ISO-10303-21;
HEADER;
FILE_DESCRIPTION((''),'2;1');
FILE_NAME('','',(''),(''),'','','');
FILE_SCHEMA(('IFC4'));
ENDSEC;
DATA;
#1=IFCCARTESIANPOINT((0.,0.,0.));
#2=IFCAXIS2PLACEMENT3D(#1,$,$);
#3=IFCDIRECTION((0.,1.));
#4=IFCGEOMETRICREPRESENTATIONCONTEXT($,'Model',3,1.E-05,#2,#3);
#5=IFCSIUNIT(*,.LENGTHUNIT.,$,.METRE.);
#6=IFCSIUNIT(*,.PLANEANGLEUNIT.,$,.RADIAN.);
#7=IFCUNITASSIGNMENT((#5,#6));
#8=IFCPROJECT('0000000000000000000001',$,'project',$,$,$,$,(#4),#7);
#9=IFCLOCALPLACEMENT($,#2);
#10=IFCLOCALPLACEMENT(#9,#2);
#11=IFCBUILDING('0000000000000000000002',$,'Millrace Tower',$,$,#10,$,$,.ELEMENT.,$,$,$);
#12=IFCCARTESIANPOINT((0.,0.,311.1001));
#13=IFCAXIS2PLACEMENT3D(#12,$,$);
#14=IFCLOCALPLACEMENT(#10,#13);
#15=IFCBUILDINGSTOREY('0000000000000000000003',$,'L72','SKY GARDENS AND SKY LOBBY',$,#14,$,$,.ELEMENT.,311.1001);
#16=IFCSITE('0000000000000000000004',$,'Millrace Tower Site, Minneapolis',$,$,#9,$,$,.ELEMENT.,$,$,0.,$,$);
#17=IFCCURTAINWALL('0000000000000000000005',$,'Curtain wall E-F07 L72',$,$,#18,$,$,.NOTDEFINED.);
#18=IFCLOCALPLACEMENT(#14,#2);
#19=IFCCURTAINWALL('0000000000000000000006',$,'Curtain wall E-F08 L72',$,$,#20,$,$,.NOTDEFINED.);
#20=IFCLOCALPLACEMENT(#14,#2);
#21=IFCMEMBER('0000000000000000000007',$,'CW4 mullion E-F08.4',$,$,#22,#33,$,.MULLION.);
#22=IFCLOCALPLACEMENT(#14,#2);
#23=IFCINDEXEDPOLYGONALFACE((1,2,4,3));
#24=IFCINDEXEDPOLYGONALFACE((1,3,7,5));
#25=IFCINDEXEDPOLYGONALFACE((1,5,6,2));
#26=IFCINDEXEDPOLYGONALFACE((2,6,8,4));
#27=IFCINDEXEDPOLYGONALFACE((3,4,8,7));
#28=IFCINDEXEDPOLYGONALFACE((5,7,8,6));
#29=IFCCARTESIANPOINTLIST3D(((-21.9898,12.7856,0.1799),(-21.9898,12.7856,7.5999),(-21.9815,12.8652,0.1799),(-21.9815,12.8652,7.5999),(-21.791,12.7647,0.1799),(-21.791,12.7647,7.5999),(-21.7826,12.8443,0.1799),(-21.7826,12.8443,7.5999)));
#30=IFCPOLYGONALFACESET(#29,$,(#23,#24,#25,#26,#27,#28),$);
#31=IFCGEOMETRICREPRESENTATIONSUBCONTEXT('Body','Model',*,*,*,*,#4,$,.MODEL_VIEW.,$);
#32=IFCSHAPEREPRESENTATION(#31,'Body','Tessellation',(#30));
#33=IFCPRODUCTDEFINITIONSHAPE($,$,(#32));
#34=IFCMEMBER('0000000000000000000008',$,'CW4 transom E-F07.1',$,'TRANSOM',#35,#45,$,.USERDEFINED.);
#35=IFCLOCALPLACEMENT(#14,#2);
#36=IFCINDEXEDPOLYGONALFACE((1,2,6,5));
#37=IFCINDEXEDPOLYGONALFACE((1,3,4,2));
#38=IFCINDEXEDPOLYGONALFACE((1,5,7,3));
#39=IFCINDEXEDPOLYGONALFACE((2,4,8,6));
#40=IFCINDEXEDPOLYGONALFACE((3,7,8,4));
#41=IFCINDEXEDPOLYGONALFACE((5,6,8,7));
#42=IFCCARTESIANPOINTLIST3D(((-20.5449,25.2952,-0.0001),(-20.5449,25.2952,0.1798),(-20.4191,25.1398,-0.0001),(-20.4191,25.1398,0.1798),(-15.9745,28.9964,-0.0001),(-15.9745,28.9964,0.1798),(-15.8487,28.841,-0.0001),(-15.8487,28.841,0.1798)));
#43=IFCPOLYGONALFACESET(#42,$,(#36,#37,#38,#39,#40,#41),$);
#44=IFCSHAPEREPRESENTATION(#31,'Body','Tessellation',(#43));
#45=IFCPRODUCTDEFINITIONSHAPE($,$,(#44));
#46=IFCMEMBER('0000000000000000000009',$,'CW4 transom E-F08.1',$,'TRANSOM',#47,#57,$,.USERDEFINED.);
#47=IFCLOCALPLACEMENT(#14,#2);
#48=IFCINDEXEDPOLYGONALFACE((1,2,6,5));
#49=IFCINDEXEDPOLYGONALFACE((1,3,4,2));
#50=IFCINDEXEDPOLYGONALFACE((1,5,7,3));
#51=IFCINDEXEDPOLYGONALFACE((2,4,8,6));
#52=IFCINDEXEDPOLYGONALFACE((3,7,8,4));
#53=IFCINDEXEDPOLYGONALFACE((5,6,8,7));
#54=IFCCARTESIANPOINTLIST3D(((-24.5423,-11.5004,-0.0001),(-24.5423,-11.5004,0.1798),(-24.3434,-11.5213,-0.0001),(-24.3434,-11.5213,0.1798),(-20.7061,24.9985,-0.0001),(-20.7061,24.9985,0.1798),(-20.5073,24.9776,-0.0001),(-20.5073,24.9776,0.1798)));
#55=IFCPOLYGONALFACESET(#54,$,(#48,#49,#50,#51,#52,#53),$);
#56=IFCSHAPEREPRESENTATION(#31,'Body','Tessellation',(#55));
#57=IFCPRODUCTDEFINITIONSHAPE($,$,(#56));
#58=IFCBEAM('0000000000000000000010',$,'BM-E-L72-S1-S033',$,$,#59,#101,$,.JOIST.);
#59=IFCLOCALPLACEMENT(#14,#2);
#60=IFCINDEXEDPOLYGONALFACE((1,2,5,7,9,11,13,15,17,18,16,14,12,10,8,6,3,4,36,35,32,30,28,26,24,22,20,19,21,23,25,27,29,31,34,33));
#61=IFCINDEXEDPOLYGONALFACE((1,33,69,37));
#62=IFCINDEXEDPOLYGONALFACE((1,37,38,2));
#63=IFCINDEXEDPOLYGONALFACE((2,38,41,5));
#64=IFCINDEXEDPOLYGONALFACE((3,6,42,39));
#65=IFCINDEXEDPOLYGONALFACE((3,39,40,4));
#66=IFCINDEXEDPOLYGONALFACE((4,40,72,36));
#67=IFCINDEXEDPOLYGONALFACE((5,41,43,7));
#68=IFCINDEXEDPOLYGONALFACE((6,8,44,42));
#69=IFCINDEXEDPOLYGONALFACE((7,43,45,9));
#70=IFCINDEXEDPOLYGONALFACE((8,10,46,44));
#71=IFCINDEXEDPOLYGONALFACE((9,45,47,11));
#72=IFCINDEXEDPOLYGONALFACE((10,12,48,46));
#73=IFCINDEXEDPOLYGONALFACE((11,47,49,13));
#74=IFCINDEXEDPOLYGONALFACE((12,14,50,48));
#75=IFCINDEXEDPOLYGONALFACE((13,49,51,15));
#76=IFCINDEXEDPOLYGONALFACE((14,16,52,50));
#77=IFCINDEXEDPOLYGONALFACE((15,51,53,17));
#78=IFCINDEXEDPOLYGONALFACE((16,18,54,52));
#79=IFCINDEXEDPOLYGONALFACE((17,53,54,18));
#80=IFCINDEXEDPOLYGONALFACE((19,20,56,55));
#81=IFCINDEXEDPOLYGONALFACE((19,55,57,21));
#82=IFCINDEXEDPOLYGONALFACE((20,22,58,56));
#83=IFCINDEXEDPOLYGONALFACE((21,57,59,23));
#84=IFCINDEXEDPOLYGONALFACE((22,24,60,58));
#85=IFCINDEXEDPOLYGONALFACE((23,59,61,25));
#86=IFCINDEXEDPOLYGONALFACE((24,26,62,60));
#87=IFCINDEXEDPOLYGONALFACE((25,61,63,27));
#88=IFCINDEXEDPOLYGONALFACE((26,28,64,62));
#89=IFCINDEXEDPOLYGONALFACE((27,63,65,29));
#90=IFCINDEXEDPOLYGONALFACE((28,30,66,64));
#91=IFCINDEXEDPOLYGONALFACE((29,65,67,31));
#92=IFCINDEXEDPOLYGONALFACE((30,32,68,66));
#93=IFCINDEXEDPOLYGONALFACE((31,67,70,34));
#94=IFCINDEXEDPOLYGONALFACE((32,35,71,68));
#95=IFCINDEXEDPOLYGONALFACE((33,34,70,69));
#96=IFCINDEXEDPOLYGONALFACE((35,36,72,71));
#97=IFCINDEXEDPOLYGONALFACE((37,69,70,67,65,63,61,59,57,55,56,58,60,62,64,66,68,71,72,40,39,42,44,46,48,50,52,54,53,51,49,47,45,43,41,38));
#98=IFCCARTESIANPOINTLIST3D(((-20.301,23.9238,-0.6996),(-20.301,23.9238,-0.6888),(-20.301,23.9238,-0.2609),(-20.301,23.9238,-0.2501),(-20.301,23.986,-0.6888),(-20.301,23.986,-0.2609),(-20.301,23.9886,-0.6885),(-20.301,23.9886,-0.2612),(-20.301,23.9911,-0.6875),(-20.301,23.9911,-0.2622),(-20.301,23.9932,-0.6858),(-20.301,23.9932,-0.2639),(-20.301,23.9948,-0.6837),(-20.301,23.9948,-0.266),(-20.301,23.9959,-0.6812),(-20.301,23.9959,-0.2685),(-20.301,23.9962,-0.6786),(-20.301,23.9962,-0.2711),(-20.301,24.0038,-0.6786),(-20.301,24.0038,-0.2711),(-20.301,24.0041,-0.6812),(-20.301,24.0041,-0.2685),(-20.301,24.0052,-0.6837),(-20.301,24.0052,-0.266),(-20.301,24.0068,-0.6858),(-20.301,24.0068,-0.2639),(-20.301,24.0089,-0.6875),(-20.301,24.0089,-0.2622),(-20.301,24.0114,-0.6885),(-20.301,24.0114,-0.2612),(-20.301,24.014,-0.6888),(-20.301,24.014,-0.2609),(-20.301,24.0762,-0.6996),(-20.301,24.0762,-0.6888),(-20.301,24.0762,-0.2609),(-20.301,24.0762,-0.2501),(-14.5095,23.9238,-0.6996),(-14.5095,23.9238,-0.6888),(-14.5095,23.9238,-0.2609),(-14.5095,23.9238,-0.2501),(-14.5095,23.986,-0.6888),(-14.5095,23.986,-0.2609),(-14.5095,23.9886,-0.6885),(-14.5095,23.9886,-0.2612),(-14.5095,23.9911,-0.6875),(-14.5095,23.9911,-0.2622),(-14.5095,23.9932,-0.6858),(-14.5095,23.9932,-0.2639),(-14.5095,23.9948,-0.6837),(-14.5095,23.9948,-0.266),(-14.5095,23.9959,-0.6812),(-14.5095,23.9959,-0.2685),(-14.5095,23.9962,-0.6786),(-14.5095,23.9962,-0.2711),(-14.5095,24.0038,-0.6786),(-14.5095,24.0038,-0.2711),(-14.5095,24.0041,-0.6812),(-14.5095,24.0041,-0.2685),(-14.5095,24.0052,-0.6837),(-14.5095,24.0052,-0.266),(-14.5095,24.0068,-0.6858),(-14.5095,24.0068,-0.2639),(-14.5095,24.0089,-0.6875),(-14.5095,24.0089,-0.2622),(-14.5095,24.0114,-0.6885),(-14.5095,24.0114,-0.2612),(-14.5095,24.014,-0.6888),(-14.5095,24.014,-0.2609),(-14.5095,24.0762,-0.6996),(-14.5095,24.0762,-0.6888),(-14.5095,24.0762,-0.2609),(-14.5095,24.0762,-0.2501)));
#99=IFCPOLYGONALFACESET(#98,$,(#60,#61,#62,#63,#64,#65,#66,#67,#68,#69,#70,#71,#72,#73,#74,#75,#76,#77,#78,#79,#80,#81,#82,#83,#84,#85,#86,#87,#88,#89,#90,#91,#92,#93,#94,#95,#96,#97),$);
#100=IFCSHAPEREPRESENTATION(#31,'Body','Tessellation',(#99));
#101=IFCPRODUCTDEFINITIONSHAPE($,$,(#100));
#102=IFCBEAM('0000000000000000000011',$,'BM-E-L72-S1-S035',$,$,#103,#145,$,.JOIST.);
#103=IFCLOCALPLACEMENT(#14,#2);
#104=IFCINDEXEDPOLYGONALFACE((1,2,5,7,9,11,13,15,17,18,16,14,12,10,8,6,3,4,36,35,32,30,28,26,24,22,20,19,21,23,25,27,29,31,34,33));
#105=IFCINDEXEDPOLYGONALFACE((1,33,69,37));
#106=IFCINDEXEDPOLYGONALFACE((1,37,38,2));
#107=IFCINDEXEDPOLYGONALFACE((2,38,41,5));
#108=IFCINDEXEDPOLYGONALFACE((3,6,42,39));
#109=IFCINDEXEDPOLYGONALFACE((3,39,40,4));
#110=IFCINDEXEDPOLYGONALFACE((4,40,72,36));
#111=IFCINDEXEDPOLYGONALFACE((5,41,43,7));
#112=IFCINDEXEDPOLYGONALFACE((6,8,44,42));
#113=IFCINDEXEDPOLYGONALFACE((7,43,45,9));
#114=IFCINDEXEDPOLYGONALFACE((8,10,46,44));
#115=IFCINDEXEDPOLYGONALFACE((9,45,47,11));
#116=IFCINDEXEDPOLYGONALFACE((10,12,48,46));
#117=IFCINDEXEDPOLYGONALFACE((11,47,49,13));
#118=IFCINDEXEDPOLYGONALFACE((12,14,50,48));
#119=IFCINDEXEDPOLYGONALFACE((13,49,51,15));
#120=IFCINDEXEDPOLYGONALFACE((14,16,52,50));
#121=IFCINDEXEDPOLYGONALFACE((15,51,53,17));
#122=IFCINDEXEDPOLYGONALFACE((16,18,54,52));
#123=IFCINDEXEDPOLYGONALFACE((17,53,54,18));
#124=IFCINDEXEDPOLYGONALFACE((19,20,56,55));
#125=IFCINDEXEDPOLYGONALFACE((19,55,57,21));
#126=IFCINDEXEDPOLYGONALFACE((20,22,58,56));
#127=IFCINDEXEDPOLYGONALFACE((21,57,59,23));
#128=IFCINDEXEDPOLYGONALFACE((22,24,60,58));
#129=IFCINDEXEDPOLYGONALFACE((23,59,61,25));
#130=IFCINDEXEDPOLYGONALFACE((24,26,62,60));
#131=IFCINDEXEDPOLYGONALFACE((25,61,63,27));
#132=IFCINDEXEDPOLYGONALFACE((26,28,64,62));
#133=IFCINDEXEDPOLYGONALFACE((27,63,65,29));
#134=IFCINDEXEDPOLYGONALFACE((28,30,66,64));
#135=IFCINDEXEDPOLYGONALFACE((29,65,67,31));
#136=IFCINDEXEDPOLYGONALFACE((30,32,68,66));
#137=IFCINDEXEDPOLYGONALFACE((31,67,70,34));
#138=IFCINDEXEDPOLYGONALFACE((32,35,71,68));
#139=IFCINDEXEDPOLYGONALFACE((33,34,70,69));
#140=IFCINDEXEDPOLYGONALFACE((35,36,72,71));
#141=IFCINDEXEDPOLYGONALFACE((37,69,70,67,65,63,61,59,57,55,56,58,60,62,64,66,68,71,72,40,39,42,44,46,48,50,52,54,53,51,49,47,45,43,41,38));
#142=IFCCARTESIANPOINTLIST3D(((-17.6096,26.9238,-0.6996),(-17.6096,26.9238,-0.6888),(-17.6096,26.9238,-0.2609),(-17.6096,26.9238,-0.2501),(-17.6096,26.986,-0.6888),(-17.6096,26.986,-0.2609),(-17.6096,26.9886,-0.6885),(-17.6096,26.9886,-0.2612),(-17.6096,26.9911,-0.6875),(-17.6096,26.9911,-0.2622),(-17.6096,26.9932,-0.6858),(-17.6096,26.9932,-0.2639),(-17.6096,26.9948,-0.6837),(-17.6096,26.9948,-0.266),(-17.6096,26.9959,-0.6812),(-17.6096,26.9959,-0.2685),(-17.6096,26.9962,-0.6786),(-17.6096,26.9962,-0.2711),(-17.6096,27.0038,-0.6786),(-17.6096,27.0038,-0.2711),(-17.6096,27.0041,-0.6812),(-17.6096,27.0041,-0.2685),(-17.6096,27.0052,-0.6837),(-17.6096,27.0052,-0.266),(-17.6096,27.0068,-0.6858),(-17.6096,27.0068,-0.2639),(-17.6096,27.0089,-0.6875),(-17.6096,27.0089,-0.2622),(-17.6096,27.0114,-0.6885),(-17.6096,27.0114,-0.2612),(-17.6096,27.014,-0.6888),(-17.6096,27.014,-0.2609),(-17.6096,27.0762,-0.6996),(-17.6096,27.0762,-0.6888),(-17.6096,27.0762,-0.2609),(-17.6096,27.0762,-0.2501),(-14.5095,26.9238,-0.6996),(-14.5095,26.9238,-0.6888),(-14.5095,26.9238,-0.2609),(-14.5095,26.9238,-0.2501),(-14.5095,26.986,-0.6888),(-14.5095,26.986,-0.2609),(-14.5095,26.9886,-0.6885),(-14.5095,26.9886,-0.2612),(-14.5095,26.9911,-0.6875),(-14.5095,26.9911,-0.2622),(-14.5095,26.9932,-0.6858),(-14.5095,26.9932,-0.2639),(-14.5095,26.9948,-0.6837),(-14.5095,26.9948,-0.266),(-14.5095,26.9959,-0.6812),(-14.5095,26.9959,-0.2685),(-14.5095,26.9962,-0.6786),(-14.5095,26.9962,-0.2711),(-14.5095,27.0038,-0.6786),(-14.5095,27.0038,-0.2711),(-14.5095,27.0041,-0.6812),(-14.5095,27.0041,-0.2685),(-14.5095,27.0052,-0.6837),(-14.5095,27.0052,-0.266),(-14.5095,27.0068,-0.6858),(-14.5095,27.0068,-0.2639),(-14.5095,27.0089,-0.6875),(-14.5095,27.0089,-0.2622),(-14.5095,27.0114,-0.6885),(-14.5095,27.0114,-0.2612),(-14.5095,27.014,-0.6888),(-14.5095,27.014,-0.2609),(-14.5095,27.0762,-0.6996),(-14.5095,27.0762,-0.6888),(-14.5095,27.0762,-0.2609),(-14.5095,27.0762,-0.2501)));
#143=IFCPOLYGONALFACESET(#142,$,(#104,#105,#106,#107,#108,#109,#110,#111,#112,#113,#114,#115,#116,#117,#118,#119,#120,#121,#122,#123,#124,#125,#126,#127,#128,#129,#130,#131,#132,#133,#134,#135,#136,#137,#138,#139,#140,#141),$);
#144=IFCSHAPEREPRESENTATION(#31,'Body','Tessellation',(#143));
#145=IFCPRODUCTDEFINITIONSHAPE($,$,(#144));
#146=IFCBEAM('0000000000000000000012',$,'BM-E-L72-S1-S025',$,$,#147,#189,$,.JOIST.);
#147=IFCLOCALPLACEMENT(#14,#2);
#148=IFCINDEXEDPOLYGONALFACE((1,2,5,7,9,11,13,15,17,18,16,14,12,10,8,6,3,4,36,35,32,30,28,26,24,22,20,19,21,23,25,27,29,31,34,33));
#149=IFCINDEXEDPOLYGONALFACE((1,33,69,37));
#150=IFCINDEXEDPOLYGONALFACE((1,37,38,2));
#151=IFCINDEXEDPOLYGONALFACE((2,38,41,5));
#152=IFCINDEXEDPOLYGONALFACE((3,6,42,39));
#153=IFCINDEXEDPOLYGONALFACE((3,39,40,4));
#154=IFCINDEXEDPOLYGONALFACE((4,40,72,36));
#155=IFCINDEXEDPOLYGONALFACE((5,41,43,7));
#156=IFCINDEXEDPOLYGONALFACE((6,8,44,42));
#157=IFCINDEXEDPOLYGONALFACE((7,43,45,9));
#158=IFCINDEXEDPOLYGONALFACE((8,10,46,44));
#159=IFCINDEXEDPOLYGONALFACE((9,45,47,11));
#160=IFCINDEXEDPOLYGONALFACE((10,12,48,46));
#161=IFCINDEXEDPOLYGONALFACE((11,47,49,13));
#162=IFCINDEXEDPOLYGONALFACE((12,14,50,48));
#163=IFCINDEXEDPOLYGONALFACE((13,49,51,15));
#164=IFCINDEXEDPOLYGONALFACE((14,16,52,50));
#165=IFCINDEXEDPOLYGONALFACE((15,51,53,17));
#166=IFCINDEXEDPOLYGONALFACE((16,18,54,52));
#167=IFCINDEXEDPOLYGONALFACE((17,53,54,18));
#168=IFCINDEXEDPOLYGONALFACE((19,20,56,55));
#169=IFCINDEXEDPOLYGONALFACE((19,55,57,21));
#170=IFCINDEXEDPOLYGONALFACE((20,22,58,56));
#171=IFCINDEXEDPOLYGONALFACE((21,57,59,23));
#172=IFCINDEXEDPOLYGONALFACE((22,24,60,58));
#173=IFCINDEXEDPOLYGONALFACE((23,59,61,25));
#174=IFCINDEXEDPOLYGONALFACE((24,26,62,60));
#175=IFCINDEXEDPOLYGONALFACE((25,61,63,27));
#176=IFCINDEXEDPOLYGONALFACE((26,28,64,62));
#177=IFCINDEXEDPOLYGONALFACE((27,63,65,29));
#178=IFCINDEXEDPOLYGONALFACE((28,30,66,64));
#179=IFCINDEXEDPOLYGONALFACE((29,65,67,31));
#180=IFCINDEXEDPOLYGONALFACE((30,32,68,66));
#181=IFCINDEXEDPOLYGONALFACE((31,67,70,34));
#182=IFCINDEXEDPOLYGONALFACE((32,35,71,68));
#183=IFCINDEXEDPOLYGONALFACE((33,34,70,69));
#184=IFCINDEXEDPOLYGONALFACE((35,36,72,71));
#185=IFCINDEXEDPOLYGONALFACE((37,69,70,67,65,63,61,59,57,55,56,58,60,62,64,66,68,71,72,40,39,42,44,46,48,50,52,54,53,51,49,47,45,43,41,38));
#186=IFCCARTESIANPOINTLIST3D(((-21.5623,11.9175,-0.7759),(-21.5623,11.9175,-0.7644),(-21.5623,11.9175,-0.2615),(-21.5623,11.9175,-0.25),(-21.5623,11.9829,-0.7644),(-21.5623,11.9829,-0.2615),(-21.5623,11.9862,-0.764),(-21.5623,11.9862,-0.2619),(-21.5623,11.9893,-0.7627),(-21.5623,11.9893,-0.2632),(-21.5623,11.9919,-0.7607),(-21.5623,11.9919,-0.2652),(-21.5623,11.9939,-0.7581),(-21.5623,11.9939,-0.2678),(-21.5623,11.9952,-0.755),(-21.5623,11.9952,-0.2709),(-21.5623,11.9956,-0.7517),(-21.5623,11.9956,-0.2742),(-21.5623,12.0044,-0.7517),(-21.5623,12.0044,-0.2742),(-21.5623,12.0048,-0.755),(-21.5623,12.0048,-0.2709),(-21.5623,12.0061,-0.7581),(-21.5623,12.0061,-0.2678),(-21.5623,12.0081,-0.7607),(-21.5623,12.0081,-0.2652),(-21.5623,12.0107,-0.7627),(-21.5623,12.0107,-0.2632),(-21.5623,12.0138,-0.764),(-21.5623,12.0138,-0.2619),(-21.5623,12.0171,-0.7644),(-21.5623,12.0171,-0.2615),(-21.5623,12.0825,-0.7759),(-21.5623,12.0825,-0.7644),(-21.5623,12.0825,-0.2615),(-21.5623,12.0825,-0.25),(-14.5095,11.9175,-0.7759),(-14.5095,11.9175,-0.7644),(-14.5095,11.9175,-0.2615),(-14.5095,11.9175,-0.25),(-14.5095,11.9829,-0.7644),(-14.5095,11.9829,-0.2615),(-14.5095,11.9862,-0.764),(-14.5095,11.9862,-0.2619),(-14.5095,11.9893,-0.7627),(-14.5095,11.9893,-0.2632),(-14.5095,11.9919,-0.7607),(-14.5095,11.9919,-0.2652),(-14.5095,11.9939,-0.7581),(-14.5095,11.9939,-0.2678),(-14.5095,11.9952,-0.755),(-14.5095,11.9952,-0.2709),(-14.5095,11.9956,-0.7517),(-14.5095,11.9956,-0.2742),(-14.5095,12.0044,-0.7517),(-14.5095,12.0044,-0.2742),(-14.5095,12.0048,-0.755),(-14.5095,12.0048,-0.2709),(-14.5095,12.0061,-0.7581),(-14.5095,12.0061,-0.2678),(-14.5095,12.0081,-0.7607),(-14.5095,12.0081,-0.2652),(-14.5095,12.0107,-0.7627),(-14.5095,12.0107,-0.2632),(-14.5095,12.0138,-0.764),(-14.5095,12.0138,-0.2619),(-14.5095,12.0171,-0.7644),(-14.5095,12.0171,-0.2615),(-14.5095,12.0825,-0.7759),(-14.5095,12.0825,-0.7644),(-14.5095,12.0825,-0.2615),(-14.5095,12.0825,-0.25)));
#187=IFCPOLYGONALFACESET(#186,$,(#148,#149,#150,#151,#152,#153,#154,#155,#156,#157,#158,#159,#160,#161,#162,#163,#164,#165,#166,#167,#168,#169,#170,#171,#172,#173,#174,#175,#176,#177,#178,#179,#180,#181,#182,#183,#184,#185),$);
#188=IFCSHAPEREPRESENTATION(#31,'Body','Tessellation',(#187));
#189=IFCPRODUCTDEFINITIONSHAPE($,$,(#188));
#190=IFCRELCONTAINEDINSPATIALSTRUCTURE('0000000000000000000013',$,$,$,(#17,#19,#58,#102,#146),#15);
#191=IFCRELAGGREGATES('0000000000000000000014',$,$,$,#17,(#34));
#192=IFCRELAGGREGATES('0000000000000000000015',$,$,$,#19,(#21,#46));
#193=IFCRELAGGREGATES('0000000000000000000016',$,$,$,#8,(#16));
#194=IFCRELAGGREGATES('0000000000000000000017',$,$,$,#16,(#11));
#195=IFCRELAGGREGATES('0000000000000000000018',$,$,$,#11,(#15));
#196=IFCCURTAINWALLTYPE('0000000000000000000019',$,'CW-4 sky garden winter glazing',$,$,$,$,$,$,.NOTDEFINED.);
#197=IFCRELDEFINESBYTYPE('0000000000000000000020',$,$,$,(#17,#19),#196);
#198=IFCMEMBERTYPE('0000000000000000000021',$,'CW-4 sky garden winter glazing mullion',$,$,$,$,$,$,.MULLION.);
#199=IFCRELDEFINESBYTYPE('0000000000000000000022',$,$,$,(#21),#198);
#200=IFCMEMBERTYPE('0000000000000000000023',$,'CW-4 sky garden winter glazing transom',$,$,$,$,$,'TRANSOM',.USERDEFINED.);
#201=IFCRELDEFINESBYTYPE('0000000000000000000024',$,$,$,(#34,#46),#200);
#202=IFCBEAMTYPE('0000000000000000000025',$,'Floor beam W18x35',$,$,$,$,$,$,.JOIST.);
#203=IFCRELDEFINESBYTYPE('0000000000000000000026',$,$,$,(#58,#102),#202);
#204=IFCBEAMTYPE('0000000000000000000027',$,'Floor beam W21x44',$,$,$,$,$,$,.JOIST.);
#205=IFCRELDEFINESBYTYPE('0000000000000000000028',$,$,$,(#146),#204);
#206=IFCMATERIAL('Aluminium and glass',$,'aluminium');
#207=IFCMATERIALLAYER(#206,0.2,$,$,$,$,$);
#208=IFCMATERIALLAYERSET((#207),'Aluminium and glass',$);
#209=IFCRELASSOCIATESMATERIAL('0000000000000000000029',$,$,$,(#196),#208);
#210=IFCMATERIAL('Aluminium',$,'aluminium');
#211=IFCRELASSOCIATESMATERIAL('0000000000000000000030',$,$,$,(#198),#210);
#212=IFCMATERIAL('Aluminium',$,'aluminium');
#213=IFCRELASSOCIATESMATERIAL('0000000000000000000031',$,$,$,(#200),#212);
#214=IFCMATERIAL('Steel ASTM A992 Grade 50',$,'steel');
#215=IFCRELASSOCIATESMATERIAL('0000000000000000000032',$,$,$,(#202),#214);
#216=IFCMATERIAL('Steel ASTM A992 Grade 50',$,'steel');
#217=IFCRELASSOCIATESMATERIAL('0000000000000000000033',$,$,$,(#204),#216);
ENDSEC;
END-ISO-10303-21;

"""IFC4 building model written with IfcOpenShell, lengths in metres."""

from ifc_helpers import new_model, si_unit, direction, frame, origin, origin_2d, place, context, subcontext, project, spatial, rectangle, i_section, extrude, material, layer, layer_set, material_profile, profile_set, type_object, element, aggregate, save


model = new_model("IFC4")

# Units and contexts
model_context = context("Model", 3, precision=1e-05, world=origin(), true_north=direction((0.0, 1.0)))
body_context = subcontext(model_context, "Body", "Model", "MODEL_VIEW")
ifc_project = project(units=[si_unit("LENGTHUNIT", "METRE"), si_unit("PLANEANGLEUNIT", "RADIAN")], contexts=[model_context])

# Site, building, storey
site_placement = place(None, origin())
site = spatial("IfcSite", under=ifc_project, at=site_placement, Name="Millrace Tower Site, Minneapolis", CompositionType="ELEMENT", RefElevation=0.0)
building_placement = place(site_placement, origin())
building = spatial("IfcBuilding", under=site, at=building_placement, Name="Millrace Tower", CompositionType="ELEMENT")
storey_placement = place(building_placement, frame((0.0, 0.0, 311.1001)))
storey = spatial("IfcBuildingStorey", under=building, at=storey_placement, Name="L72", Description="SKY GARDENS AND SKY LOBBY", CompositionType="ELEMENT", Elevation=311.1001)

# Curtain wall
ifc_material_1 = material(Name="Aluminium and glass", Category="aluminium")
ifc_layer_1 = layer(ifc_material_1, 0.2)
ifc_layer_set_1 = layer_set([ifc_layer_1], Name="Aluminium and glass")
curtain_wall_type = type_object("IfcCurtainWallType", Name="CW-4 sky garden winter glazing", PredefinedType="NOTDEFINED", material=ifc_layer_set_1)
placement = place(storey_placement, origin())
curtain_wall_1 = element("IfcCurtainWall", 1, at=placement, inside=storey, type_object=curtain_wall_type, Name="Curtain wall E-F07 L72", PredefinedType="NOTDEFINED")
ifc_material_2 = material(Name="Aluminium", Category="aluminium")
ifc_material_profile_1 = material_profile(ifc_material_2, rectangle(XDim=0.0801, YDim=0.2, at=origin_2d()))
ifc_profile_set_1 = profile_set([ifc_material_profile_1], Name="Aluminium")
member_type_1 = type_object("IfcMemberType", Name="CW-4 sky garden winter glazing mullion", PredefinedType="MULLION", material=ifc_profile_set_1)

# Curtain wall, member
curtain_wall_2 = element("IfcCurtainWall", 2, at=placement, inside=storey, type_object=curtain_wall_type, Name="Curtain wall E-F08 L72", PredefinedType="NOTDEFINED")
member_1_placement = place(storey_placement, frame((-21.8862, 12.8149, 0.1799), z_axis=(0.0, 0.0, 1.0), x_axis=(-0.104528, -0.994522, 0.0)))
member_1 = element("IfcMember", 3, at=member_1_placement, type_object=member_type_1, Name="CW4 mullion E-F08.4", PredefinedType="MULLION", context=body_context, shape_type="SweptSolid", body=[
    extrude(rectangle(XDim=0.0801, YDim=0.2, at=origin_2d()), origin(), (0.0, 0.0, 1.0), 7.4199),
])

# Members
ifc_material_3 = material(Name="Aluminium", Category="aluminium")
ifc_material_profile_2 = material_profile(ifc_material_3, rectangle(XDim=0.2, YDim=0.1799, at=origin_2d()))
ifc_profile_set_2 = profile_set([ifc_material_profile_2], Name="Aluminium")
member_type_2 = type_object("IfcMemberType", Name="CW-4 sky garden winter glazing transom", ElementType="TRANSOM", PredefinedType="USERDEFINED", material=ifc_profile_set_2)
member_2_placement = place(storey_placement, frame((-15.9116, 28.9187, 0.0898), z_axis=(-0.777129, -0.629342, 0.0), x_axis=(0.629342, -0.777129, 0.0)))
member_2 = element("IfcMember", 4, at=member_2_placement, type_object=member_type_2, Name="CW4 transom E-F07.1", ObjectType="TRANSOM", PredefinedType="USERDEFINED", context=body_context, shape_type="SweptSolid", body=[
    extrude(rectangle(XDim=0.2, YDim=0.1799, at=origin_2d()), origin(), (0.0, 0.0, 1.0), 5.8811),
])
aggregate(curtain_wall_1, [member_2])
member_3_placement = place(storey_placement, frame((-20.6067, 24.988, 0.0898), z_axis=(-0.104528, -0.994522, 0.0), x_axis=(0.994522, -0.104528, 0.0)))
member_3 = element("IfcMember", 5, at=member_3_placement, type_object=member_type_2, Name="CW4 transom E-F08.1", ObjectType="TRANSOM", PredefinedType="USERDEFINED", context=body_context, shape_type="SweptSolid", body=[
    extrude(rectangle(XDim=0.2, YDim=0.1799, at=origin_2d()), origin(), (0.0, 0.0, 1.0), 36.7),
])
aggregate(curtain_wall_2, [member_1, member_3])

# Beams
ifc_material_4 = material(Name="Steel ASTM A992 Grade 50", Category="steel")
ifc_material_profile_3 = material_profile(ifc_material_4, i_section(OverallWidth=0.1523, OverallDepth=0.4495, WebThickness=0.0076, FlangeThickness=0.0107, FilletRadius=0.0103, at=origin_2d()))
ifc_profile_set_3 = profile_set([ifc_material_profile_3], Name="Steel ASTM A992 Grade 50")
beam_type_1 = type_object("IfcBeamType", Name="Floor beam W18x35", PredefinedType="JOIST", material=ifc_profile_set_3)
beam_1_placement = place(storey_placement, frame((-20.301, 24.0, -0.4749), z_axis=(1.0, 0.0, 0.0), x_axis=(0.0, 1.0, 0.0)))
element("IfcBeam", 6, at=beam_1_placement, inside=storey, type_object=beam_type_1, Name="BM-E-L72-S1-S033", PredefinedType="JOIST", context=body_context, shape_type="SweptSolid", body=[
    extrude(i_section(OverallWidth=0.1523, OverallDepth=0.4495, WebThickness=0.0076, FlangeThickness=0.0107, FilletRadius=0.0103, at=origin_2d()), origin(), (0.0, 0.0, 1.0), 5.7915),
])
beam_2_placement = place(storey_placement, frame((-17.6096, 27.0, -0.4749), z_axis=(1.0, 0.0, 0.0), x_axis=(0.0, 1.0, 0.0)))
element("IfcBeam", 7, at=beam_2_placement, inside=storey, type_object=beam_type_1, Name="BM-E-L72-S1-S035", PredefinedType="JOIST", context=body_context, shape_type="SweptSolid", body=[
    extrude(i_section(OverallWidth=0.1523, OverallDepth=0.4495, WebThickness=0.0076, FlangeThickness=0.0107, FilletRadius=0.0103, at=origin_2d()), origin(), (0.0, 0.0, 1.0), 3.1001),
])
ifc_material_5 = material(Name="Steel ASTM A992 Grade 50", Category="steel")
ifc_material_profile_4 = material_profile(ifc_material_5, i_section(OverallWidth=0.165, OverallDepth=0.5259, WebThickness=0.0088, FlangeThickness=0.0115, FilletRadius=0.0127, at=origin_2d()))
ifc_profile_set_4 = profile_set([ifc_material_profile_4], Name="Steel ASTM A992 Grade 50")
beam_type_2 = type_object("IfcBeamType", Name="Floor beam W21x44", PredefinedType="JOIST", material=ifc_profile_set_4)
beam_3_placement = place(storey_placement, frame((-21.5623, 12.0, -0.5129), z_axis=(1.0, 0.0, 0.0), x_axis=(0.0, 1.0, 0.0)))
element("IfcBeam", 8, at=beam_3_placement, inside=storey, type_object=beam_type_2, Name="BM-E-L72-S1-S025", PredefinedType="JOIST", context=body_context, shape_type="SweptSolid", body=[
    extrude(i_section(OverallWidth=0.165, OverallDepth=0.5259, WebThickness=0.0088, FlangeThickness=0.0115, FilletRadius=0.0127, at=origin_2d()), origin(), (0.0, 0.0, 1.0), 7.0527),
])

save(model, "model.ifc")
